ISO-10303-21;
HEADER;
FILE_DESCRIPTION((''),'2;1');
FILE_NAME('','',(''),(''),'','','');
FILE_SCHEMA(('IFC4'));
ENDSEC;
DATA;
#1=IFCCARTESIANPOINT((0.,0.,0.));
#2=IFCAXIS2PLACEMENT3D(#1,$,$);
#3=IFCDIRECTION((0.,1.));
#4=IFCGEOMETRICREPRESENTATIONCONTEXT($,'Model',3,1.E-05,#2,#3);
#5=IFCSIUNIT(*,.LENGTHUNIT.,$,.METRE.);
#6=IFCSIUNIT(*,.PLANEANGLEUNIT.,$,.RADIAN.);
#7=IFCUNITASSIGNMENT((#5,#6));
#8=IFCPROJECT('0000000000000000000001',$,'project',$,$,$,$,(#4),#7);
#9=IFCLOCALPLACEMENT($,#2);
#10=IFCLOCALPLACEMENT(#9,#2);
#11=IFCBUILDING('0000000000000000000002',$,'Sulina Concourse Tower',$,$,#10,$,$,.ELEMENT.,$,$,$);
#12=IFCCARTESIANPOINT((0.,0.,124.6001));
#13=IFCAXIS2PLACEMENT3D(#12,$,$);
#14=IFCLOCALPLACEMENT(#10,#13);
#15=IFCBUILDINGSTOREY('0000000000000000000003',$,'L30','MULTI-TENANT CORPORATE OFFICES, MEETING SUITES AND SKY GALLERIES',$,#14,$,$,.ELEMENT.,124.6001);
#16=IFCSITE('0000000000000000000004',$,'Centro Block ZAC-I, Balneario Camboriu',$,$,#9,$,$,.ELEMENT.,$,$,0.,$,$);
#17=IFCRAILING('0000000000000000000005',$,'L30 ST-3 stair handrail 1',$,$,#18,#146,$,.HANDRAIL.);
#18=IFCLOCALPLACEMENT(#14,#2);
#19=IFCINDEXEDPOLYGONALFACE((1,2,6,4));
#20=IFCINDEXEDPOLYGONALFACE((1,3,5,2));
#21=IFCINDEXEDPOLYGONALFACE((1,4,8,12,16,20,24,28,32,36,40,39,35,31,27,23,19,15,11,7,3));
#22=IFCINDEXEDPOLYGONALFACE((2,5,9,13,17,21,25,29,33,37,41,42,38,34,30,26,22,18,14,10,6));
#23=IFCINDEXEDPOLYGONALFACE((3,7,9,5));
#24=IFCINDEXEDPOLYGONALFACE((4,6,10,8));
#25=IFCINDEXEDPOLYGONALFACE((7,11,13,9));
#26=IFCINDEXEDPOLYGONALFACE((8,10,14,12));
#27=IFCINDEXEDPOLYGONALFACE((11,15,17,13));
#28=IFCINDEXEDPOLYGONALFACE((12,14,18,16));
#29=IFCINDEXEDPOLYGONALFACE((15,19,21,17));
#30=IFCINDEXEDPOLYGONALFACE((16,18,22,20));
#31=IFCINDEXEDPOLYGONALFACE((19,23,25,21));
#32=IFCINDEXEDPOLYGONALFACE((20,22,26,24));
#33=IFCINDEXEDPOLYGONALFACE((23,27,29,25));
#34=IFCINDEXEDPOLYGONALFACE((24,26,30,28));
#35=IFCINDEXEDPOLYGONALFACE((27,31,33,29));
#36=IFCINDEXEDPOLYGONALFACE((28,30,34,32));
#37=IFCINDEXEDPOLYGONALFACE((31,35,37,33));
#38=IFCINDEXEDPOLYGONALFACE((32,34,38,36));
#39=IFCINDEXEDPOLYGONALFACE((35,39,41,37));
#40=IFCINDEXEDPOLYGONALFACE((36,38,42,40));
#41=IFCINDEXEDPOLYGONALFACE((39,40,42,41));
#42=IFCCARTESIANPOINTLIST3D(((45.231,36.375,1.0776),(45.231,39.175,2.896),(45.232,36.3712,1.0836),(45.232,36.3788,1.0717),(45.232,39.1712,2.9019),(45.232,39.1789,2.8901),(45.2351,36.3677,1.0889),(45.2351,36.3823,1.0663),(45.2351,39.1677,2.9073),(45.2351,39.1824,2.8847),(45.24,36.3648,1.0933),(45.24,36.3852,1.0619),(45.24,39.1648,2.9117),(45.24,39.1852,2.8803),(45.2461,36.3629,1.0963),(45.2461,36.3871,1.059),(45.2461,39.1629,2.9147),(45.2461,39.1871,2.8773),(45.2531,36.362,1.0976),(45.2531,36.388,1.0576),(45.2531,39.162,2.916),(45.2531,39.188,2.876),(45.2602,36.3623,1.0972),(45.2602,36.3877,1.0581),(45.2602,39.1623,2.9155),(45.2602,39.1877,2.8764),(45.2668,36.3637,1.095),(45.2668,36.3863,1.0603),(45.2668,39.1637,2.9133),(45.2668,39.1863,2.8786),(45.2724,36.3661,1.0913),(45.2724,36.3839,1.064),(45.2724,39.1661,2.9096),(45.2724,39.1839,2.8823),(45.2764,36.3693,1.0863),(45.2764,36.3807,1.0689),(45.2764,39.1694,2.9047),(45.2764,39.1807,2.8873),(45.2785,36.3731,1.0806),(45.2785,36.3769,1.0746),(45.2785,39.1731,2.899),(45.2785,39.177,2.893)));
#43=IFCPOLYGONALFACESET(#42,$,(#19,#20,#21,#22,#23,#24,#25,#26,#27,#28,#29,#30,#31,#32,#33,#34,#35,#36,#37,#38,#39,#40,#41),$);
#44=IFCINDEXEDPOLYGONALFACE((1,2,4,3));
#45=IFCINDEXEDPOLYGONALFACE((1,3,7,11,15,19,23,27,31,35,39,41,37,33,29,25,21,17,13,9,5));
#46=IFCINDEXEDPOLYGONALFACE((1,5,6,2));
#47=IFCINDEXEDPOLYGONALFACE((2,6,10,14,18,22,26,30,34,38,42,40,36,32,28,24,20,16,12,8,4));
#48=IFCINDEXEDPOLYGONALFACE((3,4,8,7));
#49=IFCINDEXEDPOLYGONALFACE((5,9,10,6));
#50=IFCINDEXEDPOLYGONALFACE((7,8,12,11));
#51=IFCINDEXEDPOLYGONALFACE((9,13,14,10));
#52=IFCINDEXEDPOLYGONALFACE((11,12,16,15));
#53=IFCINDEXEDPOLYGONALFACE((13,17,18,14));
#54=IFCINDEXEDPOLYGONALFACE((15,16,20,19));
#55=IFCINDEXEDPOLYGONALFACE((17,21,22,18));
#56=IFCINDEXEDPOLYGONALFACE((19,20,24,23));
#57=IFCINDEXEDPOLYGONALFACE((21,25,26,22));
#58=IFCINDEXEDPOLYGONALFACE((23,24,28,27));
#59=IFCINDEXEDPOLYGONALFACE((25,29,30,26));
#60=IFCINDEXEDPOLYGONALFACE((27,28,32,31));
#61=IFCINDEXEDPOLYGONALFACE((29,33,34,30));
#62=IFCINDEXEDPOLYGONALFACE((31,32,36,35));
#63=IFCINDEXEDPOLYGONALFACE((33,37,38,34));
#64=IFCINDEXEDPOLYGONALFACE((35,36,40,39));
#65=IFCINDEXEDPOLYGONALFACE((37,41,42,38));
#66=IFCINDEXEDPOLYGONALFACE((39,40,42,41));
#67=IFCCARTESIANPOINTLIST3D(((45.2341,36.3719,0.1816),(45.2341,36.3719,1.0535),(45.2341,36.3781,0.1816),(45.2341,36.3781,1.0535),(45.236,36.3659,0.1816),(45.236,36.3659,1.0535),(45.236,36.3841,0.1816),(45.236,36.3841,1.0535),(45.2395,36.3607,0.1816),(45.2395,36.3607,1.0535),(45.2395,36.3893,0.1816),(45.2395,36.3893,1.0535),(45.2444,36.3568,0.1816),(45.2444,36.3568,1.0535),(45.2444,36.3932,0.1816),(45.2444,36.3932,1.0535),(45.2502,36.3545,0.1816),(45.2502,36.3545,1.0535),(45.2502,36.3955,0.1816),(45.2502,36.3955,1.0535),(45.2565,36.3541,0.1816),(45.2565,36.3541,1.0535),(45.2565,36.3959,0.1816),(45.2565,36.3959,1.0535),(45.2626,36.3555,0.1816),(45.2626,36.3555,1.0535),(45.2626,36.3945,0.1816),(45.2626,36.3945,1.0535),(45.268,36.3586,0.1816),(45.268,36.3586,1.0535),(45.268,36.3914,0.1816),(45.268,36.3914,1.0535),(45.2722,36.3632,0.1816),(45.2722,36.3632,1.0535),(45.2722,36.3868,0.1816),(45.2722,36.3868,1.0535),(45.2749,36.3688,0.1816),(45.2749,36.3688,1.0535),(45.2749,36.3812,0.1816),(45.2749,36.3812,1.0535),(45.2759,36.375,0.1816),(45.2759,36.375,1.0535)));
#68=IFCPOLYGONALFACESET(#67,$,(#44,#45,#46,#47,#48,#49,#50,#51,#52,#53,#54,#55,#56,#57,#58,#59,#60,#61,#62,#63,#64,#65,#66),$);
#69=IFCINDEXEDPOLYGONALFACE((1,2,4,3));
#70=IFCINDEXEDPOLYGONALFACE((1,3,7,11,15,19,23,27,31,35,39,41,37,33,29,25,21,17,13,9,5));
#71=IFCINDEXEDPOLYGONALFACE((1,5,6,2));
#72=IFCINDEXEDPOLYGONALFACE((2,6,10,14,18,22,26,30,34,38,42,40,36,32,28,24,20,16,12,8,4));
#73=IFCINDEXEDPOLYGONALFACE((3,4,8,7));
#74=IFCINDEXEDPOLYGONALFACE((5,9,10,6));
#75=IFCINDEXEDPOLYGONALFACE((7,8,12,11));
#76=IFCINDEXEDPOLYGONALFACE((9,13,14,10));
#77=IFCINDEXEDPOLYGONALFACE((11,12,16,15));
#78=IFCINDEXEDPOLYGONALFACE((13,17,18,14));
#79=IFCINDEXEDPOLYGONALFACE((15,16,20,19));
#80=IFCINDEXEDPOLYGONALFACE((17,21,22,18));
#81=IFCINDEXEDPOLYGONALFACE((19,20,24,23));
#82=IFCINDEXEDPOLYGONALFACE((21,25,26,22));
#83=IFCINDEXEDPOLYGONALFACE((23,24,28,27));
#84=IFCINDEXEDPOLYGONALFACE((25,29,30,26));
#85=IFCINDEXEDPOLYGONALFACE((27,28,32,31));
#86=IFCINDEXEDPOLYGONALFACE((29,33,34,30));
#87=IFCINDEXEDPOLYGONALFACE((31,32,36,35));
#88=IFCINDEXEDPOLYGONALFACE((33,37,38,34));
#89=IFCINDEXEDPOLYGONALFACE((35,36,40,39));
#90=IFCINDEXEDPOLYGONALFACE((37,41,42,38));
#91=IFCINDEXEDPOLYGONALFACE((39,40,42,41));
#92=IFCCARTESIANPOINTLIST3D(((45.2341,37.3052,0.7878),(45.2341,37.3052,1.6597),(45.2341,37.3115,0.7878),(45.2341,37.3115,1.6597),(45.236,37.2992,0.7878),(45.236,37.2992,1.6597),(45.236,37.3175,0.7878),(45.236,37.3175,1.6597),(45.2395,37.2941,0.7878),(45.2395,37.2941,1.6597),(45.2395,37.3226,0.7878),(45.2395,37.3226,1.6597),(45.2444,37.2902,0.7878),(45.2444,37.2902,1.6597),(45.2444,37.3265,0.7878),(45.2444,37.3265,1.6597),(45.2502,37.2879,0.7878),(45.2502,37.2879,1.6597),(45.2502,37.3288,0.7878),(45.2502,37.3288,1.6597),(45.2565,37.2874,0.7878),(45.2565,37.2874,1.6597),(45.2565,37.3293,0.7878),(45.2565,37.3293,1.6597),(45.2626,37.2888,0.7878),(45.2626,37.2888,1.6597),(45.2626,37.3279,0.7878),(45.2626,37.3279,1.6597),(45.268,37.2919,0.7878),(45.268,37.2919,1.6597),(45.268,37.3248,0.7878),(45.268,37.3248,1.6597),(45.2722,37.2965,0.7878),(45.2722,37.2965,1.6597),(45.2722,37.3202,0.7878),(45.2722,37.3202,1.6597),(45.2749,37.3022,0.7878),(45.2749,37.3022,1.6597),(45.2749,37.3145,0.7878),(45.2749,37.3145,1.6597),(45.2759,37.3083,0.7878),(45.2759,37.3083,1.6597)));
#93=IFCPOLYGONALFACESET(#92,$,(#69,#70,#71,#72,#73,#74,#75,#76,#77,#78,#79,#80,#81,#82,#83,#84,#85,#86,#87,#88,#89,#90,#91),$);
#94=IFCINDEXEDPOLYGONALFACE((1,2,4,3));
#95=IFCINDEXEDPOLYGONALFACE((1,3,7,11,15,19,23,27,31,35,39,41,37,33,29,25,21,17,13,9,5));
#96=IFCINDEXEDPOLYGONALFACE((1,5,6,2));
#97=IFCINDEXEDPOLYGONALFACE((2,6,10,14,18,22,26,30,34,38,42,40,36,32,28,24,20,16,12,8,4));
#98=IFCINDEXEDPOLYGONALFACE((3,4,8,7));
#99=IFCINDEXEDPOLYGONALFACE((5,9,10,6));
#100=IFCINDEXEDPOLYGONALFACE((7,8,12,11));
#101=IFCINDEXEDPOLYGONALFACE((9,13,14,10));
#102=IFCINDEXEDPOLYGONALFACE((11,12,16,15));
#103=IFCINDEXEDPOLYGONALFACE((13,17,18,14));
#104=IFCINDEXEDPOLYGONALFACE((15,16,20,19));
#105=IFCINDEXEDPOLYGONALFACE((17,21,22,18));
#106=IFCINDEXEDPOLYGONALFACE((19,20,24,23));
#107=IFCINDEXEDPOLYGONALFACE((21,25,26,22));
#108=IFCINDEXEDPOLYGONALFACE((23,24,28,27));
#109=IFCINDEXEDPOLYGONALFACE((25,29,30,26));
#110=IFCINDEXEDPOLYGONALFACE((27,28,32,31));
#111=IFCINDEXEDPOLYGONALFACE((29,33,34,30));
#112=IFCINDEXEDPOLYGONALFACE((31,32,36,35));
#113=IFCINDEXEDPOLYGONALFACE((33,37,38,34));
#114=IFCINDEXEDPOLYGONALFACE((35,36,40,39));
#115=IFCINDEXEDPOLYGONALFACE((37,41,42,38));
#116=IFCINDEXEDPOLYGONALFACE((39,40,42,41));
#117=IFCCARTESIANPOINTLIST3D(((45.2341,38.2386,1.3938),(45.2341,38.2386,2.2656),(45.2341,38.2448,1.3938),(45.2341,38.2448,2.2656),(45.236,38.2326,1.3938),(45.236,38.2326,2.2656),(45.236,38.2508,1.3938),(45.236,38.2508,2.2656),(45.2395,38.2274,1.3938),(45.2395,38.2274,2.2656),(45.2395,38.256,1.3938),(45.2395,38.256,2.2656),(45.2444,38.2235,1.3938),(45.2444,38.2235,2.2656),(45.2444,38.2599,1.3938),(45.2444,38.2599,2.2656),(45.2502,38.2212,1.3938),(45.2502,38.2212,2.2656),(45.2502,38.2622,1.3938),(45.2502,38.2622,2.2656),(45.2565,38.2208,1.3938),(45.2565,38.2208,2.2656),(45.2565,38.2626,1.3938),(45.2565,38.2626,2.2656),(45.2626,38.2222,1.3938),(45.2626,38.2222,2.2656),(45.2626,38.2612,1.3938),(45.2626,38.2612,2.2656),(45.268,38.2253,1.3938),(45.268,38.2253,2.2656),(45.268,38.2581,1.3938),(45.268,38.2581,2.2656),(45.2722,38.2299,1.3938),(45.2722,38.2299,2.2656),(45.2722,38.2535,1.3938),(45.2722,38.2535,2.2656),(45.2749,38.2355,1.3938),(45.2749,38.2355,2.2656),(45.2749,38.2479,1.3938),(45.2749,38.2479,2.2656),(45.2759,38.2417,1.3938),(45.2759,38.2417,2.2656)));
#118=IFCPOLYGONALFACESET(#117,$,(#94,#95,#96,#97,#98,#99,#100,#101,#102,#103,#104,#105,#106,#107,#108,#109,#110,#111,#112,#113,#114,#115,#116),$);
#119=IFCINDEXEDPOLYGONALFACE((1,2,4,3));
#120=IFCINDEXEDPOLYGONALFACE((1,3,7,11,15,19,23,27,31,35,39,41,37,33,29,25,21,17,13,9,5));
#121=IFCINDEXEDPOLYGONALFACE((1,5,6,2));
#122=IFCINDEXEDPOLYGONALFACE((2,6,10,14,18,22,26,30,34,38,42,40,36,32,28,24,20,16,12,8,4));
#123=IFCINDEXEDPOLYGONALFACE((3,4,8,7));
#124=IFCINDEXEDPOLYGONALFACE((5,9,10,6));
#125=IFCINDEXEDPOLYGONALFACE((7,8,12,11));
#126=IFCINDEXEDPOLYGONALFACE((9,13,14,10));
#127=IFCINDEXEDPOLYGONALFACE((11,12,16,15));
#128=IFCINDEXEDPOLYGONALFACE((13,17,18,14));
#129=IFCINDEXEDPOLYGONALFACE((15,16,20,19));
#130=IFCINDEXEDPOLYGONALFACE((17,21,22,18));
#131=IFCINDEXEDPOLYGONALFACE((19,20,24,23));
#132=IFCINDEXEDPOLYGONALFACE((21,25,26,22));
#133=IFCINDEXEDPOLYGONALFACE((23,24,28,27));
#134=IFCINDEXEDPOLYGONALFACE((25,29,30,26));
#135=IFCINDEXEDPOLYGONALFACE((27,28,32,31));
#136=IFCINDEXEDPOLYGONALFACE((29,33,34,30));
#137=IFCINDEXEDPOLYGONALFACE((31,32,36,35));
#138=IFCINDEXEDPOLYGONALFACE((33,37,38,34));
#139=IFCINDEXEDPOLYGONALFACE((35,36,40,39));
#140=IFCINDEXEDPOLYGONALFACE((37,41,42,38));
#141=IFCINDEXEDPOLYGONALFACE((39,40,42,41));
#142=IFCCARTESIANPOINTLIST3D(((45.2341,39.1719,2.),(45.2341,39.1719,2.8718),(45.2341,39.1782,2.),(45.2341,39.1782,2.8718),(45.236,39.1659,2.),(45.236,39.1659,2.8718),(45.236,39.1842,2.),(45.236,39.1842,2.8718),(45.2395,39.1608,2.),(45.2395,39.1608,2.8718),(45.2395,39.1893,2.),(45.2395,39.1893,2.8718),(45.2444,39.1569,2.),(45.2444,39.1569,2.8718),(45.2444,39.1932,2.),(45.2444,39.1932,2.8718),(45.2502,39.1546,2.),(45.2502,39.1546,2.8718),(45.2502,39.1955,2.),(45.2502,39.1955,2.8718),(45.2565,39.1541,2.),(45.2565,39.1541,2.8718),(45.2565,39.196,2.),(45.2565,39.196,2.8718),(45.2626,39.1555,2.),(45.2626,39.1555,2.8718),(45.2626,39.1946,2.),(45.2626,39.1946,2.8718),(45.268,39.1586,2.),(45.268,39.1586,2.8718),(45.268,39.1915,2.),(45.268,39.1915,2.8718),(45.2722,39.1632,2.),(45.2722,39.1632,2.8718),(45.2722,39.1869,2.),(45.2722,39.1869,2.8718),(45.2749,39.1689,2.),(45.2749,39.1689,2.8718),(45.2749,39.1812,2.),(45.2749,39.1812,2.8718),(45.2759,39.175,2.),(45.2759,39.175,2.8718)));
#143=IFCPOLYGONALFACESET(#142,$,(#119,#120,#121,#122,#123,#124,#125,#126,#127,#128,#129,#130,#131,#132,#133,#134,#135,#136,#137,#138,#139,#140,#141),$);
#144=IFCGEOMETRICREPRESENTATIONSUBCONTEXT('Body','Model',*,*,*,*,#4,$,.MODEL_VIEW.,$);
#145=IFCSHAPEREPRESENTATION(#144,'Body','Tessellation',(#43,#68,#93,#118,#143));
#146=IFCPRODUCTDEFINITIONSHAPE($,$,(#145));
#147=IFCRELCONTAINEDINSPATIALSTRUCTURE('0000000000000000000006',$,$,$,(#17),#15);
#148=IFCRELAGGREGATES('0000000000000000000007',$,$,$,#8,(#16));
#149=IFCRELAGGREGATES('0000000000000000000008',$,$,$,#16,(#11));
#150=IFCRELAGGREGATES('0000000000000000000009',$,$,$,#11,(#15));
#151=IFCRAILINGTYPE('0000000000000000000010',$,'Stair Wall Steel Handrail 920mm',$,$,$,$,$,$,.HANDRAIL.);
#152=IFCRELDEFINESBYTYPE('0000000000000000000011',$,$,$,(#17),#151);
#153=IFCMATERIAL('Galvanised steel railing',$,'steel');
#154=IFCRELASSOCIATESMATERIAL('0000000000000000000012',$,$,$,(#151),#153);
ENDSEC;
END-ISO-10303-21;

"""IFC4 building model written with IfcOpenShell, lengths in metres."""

from ifc_helpers import new_model, si_unit, direction, frame, origin, origin_2d, place, context, subcontext, project, spatial, circle, extrude, material, type_object, element, save


model = new_model("IFC4")

# Units and contexts
model_context = context("Model", 3, precision=1e-05, world=origin(), true_north=direction((0.0, 1.0)))
body_context = subcontext(model_context, "Body", "Model", "MODEL_VIEW")
ifc_project = project(units=[si_unit("LENGTHUNIT", "METRE"), si_unit("PLANEANGLEUNIT", "RADIAN")], contexts=[model_context])

# Site, building, storey
site_placement = place(None, origin())
site = spatial("IfcSite", under=ifc_project, at=site_placement, Name="Centro Block ZAC-I, Balneario Camboriu", CompositionType="ELEMENT", RefElevation=0.0)
building_placement = place(site_placement, origin())
building = spatial("IfcBuilding", under=site, at=building_placement, Name="Sulina Concourse Tower", CompositionType="ELEMENT")
storey_placement = place(building_placement, frame((0.0, 0.0, 124.6001)))
storey = spatial("IfcBuildingStorey", under=building, at=storey_placement, Name="L30", Description="MULTI-TENANT CORPORATE OFFICES, MEETING SUITES AND SKY GALLERIES", CompositionType="ELEMENT", Elevation=124.6001)

# Railing
ifc_material_1 = material(Name="Galvanised steel railing", Category="steel")
railing_type_1 = type_object("IfcRailingType", Name="Stair Wall Steel Handrail 920mm", PredefinedType="HANDRAIL", material=ifc_material_1)
for number, where, name in (
    (1, (45.2549, 36.375, 0.1816), "L30 ST-3 stair handrail 1"),
):
    element("IfcRailing", number, at=place(storey_placement, frame(where)), inside=storey, type_object=railing_type_1, Name=name, PredefinedType="HANDRAIL", context=body_context, shape_type="SweptSolid", body=[
        extrude(circle(Radius=0.0239, at=origin_2d()), frame((0.0, 0.0, 0.896), z_axis=(0.0, 0.838672, 0.544636), x_axis=(-1.0, 0.0, 0.0)), (0.0, 0.0, 1.0), 3.3386),
        extrude(circle(Radius=0.021, at=origin_2d()), origin(), (0.0, 0.0, 1.0), 0.8718),
        extrude(circle(Radius=0.021, at=origin_2d()), frame((0.0, 0.9333, 0.6062)), (0.0, 0.0, 1.0), 0.8718),
        extrude(circle(Radius=0.021, at=origin_2d()), frame((0.0, 1.8667, 1.2122)), (0.0, 0.0, 1.0), 0.8718),
        extrude(circle(Radius=0.021, at=origin_2d()), frame((0.0, 2.8, 1.8184)), (0.0, 0.0, 1.0), 0.8718),
    ])

save(model, "model.ifc")
